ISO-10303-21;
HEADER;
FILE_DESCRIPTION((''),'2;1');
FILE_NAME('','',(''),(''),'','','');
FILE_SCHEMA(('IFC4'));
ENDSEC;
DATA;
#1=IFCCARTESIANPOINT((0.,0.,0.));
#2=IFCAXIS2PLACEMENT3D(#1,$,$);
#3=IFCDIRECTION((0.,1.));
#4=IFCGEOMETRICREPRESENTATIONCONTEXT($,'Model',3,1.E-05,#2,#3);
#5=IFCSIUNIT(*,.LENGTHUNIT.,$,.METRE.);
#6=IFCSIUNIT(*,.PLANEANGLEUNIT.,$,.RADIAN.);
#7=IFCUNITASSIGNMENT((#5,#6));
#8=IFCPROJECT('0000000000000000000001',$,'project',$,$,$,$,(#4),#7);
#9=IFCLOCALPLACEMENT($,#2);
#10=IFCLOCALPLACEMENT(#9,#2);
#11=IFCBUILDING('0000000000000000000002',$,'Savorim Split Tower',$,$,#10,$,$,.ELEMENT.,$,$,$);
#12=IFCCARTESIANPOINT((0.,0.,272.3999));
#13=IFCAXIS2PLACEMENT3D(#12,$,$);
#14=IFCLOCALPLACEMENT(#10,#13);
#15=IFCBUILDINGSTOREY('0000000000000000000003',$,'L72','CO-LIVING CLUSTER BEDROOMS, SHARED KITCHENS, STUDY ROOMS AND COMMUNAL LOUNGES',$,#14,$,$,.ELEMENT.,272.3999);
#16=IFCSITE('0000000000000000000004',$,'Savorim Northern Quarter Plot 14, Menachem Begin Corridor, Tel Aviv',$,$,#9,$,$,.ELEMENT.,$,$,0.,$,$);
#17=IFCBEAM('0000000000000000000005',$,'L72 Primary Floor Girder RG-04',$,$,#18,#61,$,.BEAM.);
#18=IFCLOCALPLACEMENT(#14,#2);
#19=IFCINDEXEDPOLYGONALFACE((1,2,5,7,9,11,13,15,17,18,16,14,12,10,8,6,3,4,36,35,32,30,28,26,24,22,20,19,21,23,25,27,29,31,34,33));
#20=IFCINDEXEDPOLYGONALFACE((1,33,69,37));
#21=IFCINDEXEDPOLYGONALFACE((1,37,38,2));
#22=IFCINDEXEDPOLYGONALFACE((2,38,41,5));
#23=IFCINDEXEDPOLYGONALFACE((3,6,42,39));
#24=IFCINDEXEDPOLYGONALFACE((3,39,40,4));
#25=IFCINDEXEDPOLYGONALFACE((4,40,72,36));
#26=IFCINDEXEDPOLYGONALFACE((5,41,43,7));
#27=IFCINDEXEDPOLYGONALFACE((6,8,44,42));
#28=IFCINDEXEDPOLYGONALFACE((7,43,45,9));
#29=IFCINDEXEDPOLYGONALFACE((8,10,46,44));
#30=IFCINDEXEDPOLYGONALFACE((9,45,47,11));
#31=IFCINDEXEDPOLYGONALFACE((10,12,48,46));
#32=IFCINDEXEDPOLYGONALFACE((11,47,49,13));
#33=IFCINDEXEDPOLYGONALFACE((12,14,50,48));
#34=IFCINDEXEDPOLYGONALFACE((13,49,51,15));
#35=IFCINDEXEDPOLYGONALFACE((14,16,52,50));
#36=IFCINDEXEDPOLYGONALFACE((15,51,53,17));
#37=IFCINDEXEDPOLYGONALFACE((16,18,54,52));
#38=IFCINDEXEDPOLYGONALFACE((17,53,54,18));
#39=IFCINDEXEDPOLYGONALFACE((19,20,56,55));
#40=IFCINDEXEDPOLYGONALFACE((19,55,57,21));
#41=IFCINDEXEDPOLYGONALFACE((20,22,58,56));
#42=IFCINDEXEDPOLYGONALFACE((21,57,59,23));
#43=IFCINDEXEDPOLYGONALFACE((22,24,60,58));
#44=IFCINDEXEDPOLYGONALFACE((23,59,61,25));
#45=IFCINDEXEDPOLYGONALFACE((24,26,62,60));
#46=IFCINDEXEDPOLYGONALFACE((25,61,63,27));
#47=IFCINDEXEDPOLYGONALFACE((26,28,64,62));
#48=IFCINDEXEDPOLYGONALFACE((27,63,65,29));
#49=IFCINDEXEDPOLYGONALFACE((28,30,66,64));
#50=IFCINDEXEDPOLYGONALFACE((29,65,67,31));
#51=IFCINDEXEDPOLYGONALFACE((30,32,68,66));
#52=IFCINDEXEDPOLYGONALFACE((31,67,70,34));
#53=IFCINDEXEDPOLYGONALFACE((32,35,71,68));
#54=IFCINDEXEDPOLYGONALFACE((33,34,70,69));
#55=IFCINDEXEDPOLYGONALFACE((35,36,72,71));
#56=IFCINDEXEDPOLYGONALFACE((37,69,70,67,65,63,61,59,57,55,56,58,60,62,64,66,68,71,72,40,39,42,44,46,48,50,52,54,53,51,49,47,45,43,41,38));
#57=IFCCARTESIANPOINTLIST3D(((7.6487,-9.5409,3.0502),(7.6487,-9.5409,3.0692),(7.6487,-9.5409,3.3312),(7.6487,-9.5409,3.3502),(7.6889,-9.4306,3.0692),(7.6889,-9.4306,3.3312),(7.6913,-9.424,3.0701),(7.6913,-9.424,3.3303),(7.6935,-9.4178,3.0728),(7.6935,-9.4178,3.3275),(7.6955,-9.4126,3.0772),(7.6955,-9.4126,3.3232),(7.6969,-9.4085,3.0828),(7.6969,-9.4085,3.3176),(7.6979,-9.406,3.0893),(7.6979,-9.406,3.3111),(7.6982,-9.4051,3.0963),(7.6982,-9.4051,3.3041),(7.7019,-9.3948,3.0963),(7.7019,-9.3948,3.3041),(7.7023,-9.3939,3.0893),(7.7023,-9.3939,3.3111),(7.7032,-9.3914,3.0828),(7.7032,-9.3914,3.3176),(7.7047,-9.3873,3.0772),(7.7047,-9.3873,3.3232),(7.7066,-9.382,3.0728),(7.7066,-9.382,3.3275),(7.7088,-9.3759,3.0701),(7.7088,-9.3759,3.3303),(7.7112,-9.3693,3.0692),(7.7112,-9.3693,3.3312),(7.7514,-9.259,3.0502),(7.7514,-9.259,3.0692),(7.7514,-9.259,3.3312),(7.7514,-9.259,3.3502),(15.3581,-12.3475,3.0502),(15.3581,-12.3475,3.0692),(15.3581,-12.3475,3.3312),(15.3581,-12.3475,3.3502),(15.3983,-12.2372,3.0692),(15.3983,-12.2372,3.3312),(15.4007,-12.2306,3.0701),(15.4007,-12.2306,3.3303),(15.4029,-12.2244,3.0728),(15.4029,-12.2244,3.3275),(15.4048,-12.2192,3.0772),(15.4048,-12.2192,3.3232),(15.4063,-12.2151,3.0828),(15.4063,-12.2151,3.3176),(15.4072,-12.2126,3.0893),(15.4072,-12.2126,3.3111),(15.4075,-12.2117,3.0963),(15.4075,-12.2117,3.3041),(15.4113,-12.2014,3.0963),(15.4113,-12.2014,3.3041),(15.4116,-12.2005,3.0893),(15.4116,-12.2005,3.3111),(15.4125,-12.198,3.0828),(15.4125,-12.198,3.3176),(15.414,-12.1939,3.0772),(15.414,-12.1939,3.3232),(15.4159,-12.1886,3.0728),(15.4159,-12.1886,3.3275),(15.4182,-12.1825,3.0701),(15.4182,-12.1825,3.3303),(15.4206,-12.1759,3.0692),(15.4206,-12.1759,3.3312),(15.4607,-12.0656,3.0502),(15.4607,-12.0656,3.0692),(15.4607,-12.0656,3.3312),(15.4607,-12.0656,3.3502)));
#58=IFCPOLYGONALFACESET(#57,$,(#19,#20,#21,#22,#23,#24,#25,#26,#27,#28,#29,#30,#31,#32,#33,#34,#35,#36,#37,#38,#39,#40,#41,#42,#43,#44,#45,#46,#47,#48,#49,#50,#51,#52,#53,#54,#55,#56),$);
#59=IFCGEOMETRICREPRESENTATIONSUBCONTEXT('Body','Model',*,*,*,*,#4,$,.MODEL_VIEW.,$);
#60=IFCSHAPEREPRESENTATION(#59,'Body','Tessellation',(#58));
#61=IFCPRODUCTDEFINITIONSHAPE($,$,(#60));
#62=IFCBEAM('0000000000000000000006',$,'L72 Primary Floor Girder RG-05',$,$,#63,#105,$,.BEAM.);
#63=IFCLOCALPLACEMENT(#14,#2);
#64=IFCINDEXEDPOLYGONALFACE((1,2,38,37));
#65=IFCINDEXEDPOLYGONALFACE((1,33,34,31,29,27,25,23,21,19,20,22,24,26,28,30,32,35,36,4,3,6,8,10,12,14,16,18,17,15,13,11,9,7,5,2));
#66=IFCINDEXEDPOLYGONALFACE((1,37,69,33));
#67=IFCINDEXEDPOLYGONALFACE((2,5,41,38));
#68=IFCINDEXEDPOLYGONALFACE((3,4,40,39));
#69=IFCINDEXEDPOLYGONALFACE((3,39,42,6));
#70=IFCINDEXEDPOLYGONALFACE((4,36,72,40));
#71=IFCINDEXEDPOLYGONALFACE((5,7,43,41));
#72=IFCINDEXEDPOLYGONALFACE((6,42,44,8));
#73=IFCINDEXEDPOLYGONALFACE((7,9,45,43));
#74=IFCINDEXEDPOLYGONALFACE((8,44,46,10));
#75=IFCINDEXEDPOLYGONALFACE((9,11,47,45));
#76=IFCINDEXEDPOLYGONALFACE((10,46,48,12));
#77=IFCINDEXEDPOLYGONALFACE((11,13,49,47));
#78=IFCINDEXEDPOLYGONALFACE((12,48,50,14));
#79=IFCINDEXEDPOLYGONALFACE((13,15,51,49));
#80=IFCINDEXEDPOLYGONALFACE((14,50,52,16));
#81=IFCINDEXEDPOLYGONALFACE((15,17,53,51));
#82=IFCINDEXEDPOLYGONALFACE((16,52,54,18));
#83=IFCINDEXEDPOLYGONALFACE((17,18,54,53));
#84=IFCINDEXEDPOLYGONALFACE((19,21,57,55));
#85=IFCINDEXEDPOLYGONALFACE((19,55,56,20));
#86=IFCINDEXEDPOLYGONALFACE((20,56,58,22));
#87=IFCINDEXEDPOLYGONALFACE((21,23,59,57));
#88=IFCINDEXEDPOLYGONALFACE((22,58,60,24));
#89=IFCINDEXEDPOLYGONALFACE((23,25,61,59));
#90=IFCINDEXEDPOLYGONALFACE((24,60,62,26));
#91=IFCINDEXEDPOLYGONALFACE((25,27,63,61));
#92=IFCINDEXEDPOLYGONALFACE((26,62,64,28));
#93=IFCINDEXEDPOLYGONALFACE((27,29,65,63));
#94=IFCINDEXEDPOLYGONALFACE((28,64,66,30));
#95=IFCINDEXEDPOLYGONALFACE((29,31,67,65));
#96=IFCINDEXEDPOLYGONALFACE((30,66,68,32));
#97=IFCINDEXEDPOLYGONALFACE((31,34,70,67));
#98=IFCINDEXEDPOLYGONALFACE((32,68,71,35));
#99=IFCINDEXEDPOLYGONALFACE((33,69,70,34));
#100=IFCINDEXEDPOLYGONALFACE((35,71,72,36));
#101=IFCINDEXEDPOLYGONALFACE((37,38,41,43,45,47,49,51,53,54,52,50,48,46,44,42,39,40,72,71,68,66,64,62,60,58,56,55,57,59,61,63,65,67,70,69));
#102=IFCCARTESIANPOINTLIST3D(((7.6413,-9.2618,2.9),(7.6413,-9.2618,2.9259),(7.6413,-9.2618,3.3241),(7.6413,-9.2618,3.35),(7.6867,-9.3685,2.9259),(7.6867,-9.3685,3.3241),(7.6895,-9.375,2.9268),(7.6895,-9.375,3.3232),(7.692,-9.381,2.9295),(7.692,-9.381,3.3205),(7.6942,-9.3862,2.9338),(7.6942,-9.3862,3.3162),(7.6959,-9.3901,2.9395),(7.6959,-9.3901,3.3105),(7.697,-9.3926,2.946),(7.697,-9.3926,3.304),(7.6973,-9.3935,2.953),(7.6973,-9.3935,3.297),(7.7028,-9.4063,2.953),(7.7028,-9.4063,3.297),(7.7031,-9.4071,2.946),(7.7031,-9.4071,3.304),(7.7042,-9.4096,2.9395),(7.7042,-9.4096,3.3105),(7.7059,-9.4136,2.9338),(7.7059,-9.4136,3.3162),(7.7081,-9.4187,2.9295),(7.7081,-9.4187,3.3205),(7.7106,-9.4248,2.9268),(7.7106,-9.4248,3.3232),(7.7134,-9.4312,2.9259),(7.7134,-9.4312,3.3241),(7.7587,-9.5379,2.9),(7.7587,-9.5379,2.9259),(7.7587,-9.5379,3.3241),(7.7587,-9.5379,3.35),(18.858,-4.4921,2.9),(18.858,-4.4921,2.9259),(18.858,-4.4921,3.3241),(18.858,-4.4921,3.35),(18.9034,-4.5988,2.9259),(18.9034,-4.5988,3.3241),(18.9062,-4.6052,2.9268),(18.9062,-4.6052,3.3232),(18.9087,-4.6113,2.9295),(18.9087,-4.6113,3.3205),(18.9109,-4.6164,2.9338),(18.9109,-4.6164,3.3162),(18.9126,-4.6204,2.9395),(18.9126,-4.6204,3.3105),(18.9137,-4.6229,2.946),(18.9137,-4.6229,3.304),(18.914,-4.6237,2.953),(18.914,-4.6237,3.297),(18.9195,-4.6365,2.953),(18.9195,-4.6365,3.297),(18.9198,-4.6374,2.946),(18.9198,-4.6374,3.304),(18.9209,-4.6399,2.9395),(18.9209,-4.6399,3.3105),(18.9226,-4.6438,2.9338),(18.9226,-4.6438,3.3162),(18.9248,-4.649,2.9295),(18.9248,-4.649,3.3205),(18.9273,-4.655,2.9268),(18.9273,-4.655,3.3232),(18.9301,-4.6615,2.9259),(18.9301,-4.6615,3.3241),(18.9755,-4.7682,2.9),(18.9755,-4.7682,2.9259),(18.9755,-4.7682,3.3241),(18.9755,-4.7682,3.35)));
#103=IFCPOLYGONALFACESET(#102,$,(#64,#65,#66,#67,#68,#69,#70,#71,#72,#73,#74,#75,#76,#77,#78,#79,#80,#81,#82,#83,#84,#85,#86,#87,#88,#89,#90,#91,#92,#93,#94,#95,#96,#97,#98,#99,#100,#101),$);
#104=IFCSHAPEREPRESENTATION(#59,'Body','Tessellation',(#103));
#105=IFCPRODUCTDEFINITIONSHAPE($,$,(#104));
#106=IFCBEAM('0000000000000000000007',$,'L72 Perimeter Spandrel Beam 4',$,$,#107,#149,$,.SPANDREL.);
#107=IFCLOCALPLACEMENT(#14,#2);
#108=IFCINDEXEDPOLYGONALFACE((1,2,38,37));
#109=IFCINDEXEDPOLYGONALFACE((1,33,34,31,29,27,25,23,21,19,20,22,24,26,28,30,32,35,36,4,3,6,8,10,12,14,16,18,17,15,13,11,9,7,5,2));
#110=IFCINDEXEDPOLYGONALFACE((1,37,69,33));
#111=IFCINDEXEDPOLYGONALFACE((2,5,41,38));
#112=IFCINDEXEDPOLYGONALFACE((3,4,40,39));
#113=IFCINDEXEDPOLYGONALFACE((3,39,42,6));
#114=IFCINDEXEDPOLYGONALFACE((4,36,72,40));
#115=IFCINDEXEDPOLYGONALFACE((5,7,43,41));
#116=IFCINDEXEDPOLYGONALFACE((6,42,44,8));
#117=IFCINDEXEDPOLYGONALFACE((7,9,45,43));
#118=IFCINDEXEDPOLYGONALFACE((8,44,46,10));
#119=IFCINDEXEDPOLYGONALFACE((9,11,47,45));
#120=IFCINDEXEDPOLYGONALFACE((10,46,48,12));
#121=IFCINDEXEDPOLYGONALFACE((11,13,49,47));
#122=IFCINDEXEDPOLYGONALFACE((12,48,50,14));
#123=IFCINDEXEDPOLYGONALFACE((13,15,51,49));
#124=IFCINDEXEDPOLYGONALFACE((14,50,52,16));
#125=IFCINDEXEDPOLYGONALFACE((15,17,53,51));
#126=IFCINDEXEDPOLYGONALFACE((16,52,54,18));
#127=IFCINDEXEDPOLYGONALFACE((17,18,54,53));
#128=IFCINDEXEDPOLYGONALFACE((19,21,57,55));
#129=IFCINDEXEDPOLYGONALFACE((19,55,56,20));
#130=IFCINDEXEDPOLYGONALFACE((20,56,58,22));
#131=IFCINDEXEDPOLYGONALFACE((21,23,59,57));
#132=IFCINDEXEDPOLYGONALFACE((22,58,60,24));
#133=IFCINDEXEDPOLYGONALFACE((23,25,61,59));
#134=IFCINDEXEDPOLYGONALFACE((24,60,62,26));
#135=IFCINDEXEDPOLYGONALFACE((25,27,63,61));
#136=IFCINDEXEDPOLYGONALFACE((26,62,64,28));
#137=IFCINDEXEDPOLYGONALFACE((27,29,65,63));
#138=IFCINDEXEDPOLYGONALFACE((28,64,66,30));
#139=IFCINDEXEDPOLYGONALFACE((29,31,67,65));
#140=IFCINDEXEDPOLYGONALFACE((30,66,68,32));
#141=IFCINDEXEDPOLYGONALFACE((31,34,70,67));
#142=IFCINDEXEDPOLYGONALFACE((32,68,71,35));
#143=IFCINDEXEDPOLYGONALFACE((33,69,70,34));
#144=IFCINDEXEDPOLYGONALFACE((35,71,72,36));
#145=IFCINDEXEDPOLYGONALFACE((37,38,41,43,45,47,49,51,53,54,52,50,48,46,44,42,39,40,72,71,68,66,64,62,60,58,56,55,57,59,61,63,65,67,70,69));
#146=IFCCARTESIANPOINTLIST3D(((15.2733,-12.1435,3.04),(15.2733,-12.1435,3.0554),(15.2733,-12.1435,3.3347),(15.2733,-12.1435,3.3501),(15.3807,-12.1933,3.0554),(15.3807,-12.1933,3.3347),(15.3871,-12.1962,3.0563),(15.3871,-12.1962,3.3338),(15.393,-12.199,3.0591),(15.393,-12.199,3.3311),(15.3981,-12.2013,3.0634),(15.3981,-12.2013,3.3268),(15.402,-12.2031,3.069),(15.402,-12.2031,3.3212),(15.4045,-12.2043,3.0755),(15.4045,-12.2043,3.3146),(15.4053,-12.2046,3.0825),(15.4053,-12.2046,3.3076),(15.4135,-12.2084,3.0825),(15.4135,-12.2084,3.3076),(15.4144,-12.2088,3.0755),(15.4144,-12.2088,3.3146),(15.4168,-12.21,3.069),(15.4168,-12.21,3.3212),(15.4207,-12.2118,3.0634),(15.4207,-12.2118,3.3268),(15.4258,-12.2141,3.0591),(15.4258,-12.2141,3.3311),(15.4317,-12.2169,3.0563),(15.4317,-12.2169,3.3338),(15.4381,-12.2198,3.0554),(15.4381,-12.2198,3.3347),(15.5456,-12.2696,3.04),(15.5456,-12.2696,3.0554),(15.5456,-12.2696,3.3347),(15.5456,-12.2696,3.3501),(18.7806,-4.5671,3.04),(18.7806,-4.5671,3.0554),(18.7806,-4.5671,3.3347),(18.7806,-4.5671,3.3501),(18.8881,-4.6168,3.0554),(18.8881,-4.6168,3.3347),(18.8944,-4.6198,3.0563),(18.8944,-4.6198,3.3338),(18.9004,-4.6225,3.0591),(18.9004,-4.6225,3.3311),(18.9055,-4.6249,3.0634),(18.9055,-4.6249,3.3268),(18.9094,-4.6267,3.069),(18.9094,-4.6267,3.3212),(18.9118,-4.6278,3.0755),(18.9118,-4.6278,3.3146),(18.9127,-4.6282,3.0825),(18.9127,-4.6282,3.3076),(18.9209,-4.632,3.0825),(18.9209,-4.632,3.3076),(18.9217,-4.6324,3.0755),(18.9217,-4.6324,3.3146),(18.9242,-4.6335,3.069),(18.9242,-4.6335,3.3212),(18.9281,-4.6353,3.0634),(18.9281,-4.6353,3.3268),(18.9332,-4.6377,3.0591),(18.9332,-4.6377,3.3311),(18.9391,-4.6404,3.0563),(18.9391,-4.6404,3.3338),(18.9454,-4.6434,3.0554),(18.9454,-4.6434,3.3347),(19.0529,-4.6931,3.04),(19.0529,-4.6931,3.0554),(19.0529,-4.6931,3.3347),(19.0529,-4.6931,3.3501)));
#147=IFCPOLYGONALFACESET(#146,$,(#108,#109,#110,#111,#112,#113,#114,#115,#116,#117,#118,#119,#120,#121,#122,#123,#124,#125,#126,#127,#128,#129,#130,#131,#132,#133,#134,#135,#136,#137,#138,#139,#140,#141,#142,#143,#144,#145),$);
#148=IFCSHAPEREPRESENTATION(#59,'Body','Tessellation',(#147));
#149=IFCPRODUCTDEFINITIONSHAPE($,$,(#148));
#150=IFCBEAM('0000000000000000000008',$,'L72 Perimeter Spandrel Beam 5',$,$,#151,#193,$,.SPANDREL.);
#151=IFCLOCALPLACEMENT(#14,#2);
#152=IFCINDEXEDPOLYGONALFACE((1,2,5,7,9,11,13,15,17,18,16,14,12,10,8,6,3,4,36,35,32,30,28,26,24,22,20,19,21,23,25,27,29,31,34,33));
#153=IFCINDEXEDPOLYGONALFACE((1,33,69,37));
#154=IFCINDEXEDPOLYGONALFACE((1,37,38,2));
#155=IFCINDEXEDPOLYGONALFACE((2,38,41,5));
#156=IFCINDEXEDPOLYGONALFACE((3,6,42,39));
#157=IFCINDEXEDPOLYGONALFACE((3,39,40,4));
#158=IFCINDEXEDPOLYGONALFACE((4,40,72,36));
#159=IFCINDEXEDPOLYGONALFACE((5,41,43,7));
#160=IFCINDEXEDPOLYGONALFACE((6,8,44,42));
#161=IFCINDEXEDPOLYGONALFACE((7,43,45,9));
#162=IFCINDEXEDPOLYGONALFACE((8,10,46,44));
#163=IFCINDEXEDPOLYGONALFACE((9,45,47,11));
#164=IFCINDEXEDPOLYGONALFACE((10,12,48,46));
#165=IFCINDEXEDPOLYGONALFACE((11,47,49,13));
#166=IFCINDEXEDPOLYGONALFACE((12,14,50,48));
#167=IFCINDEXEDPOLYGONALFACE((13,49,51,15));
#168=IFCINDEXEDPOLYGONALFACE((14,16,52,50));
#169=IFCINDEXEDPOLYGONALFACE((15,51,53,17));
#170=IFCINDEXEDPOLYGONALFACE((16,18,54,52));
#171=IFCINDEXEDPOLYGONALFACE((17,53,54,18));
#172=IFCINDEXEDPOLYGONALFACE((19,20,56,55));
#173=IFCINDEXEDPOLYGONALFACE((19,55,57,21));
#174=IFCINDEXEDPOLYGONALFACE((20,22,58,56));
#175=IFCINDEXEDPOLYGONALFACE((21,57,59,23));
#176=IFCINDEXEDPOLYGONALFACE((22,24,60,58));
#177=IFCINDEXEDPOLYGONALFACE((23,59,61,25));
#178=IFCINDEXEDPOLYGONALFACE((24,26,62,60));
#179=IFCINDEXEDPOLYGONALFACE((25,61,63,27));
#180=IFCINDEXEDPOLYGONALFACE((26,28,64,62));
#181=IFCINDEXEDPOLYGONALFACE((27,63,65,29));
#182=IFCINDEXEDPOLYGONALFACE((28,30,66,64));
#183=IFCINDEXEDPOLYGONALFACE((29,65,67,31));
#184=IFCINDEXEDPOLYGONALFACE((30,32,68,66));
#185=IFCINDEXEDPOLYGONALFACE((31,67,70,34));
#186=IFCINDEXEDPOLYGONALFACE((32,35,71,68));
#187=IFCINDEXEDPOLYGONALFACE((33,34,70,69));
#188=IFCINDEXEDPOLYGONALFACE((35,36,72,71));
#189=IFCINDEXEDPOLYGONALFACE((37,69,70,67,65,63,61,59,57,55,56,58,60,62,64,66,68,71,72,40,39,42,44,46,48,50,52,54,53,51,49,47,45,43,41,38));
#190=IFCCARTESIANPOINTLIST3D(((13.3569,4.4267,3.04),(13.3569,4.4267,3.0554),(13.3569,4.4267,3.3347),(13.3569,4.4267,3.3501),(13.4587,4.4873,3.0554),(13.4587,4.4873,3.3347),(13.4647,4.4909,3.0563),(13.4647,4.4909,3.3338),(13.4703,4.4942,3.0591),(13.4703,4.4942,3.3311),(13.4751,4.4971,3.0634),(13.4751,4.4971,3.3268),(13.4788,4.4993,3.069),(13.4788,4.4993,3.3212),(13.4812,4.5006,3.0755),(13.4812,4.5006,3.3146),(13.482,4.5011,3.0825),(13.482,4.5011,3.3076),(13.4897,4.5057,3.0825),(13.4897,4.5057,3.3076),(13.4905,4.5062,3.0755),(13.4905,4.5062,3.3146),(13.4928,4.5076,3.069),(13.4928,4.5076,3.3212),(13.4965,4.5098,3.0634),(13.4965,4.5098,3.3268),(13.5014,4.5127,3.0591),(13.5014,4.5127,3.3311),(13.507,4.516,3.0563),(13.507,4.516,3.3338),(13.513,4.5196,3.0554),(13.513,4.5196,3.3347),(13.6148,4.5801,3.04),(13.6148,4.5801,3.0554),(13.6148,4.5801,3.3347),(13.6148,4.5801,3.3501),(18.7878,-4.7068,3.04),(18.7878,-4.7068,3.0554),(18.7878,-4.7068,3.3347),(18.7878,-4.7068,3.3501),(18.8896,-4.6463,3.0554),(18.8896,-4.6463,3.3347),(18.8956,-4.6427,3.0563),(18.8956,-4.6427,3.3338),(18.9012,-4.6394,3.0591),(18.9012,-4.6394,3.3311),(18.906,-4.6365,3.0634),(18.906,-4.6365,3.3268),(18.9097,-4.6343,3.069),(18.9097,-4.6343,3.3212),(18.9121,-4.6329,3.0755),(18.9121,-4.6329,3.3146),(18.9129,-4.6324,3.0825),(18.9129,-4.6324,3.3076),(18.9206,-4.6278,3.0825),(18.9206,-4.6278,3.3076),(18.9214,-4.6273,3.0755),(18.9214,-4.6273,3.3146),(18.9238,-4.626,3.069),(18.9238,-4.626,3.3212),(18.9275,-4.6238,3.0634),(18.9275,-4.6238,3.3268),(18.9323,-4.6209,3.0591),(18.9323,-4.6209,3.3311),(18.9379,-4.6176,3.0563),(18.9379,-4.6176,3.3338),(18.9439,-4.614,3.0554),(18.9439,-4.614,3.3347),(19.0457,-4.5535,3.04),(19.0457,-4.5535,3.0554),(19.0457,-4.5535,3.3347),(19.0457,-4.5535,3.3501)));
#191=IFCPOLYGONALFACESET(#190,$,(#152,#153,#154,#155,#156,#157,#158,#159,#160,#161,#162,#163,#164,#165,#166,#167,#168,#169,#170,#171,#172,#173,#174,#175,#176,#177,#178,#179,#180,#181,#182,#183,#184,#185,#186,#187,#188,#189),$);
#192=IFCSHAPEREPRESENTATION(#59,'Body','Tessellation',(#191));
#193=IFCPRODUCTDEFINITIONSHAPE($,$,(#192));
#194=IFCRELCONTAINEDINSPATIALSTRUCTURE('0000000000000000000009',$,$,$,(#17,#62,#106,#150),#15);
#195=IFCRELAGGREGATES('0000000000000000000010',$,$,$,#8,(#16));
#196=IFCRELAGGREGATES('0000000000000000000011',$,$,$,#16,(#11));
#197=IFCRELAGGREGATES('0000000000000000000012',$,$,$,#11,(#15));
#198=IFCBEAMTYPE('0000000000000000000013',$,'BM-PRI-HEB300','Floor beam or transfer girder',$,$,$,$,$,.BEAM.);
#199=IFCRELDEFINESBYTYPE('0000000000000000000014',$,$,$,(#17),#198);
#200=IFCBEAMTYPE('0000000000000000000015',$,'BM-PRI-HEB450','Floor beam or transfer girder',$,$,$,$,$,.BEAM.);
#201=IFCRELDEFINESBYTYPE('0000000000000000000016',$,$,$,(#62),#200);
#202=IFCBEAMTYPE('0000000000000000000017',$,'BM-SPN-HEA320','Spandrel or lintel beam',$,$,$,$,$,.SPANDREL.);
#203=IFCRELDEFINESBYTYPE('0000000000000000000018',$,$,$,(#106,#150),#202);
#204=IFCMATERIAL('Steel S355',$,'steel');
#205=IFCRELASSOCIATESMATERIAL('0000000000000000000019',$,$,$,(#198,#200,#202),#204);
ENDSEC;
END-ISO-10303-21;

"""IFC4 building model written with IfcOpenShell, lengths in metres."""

from ifc_helpers import new_model, si_unit, direction, frame, origin, origin_2d, place, context, subcontext, project, spatial, i_section, extrude, material, material_profile, profile_set, type_object, element, save


model = new_model("IFC4")

# Units and contexts
model_context = context("Model", 3, precision=1e-05, world=origin(), true_north=direction((0.0, 1.0)))
body_context = subcontext(model_context, "Body", "Model", "MODEL_VIEW")
ifc_project = project(units=[si_unit("LENGTHUNIT", "METRE"), si_unit("PLANEANGLEUNIT", "RADIAN")], contexts=[model_context])

# Site, building, storey
site_placement = place(None, origin())
site = spatial("IfcSite", under=ifc_project, at=site_placement, Name="Savorim Northern Quarter Plot 14, Menachem Begin Corridor, Tel Aviv", CompositionType="ELEMENT", RefElevation=0.0)
building_placement = place(site_placement, origin())
building = spatial("IfcBuilding", under=site, at=building_placement, Name="Savorim Split Tower", CompositionType="ELEMENT")
storey_placement = place(building_placement, frame((0.0, 0.0, 272.3999)))
storey = spatial("IfcBuildingStorey", under=building, at=storey_placement, Name="L72", Description="CO-LIVING CLUSTER BEDROOMS, SHARED KITCHENS, STUDY ROOMS AND COMMUNAL LOUNGES", CompositionType="ELEMENT", Elevation=272.3999)

# Shared definitions
ifc_material_1 = material(Name="Steel S355", Category="steel")

# Beams
ifc_material_profile_1 = material_profile(ifc_material_1, i_section(OverallWidth=0.3, OverallDepth=0.3, WebThickness=0.011, FlangeThickness=0.019, FilletRadius=0.0271, at=origin_2d()), Name="HEB 300")
ifc_profile_set_1 = profile_set([ifc_material_profile_1], Name="Steel S355")
beam_type_1 = type_object("IfcBeamType", Name="BM-PRI-HEB300", Description="Floor beam or transfer girder", PredefinedType="BEAM", material=ifc_profile_set_1)
beam_1_placement = place(storey_placement, frame((15.4094, -12.2065, 3.2002), z_axis=(-0.939668, 0.342087, 0.0), x_axis=(-0.342087, -0.939668, 0.0)))
element("IfcBeam", 1, at=beam_1_placement, inside=storey, type_object=beam_type_1, Name="L72 Primary Floor Girder RG-04", PredefinedType="BEAM", context=body_context, shape_type="SweptSolid", body=[
    extrude(i_section(OverallWidth=0.3, OverallDepth=0.3, WebThickness=0.011, FlangeThickness=0.019, FilletRadius=0.0271, at=origin_2d()), origin(), (0.0, 0.0, 1.0), 8.2043),
])
ifc_material_profile_2 = material_profile(ifc_material_1, i_section(OverallWidth=0.3, OverallDepth=0.45, WebThickness=0.0139, FlangeThickness=0.0259, FilletRadius=0.0271, at=origin_2d()), Name="HEB 450")
ifc_profile_set_2 = profile_set([ifc_material_profile_2], Name="Steel S355")
beam_type_2 = type_object("IfcBeamType", Name="BM-PRI-HEB450", Description="Floor beam or transfer girder", PredefinedType="BEAM", material=ifc_profile_set_2)
beam_2_placement = place(storey_placement, frame((18.9167, -4.6301, 3.125), z_axis=(-0.920253, -0.391324, 0.0), x_axis=(0.391324, -0.920253, 0.0)))
element("IfcBeam", 2, at=beam_2_placement, inside=storey, type_object=beam_type_2, Name="L72 Primary Floor Girder RG-05", PredefinedType="BEAM", context=body_context, shape_type="SweptSolid", body=[
    extrude(i_section(OverallWidth=0.3, OverallDepth=0.45, WebThickness=0.0139, FlangeThickness=0.0259, FilletRadius=0.0271, at=origin_2d()), origin(), (0.0, 0.0, 1.0), 12.1887),
])
ifc_material_profile_3 = material_profile(ifc_material_1, i_section(OverallWidth=0.3, OverallDepth=0.3101, WebThickness=0.009, FlangeThickness=0.0154, FilletRadius=0.0271, at=origin_2d()), Name="HEA 320")
ifc_profile_set_3 = profile_set([ifc_material_profile_3], Name="Steel S355")
beam_type_3 = type_object("IfcBeamType", Name="BM-SPN-HEA320", Description="Spandrel or lintel beam", PredefinedType="SPANDREL", material=ifc_profile_set_3)
beam_3_placement = place(storey_placement, frame((15.4094, -12.2065, 3.1951), z_axis=(0.420096, 0.90748, 0.0), x_axis=(-0.90748, 0.420096, 0.0)))
element("IfcBeam", 3, at=beam_3_placement, inside=storey, type_object=beam_type_3, Name="L72 Perimeter Spandrel Beam 4", PredefinedType="SPANDREL", context=body_context, shape_type="SweptSolid", body=[
    extrude(i_section(OverallWidth=0.3, OverallDepth=0.3101, WebThickness=0.009, FlangeThickness=0.0154, FilletRadius=0.0271, at=origin_2d()), origin(), (0.0, 0.0, 1.0), 8.3489),
])
beam_4_placement = place(storey_placement, frame((18.9167, -4.6301, 3.1951), z_axis=(-0.511086, 0.85953, 0.0), x_axis=(-0.85953, -0.511086, 0.0)))
element("IfcBeam", 4, at=beam_4_placement, inside=storey, type_object=beam_type_3, Name="L72 Perimeter Spandrel Beam 5", PredefinedType="SPANDREL", context=body_context, shape_type="SweptSolid", body=[
    extrude(i_section(OverallWidth=0.3, OverallDepth=0.3101, WebThickness=0.009, FlangeThickness=0.0154, FilletRadius=0.0271, at=origin_2d()), origin(), (0.0, 0.0, 1.0), 10.6262),
])

save(model, "model.ifc")
